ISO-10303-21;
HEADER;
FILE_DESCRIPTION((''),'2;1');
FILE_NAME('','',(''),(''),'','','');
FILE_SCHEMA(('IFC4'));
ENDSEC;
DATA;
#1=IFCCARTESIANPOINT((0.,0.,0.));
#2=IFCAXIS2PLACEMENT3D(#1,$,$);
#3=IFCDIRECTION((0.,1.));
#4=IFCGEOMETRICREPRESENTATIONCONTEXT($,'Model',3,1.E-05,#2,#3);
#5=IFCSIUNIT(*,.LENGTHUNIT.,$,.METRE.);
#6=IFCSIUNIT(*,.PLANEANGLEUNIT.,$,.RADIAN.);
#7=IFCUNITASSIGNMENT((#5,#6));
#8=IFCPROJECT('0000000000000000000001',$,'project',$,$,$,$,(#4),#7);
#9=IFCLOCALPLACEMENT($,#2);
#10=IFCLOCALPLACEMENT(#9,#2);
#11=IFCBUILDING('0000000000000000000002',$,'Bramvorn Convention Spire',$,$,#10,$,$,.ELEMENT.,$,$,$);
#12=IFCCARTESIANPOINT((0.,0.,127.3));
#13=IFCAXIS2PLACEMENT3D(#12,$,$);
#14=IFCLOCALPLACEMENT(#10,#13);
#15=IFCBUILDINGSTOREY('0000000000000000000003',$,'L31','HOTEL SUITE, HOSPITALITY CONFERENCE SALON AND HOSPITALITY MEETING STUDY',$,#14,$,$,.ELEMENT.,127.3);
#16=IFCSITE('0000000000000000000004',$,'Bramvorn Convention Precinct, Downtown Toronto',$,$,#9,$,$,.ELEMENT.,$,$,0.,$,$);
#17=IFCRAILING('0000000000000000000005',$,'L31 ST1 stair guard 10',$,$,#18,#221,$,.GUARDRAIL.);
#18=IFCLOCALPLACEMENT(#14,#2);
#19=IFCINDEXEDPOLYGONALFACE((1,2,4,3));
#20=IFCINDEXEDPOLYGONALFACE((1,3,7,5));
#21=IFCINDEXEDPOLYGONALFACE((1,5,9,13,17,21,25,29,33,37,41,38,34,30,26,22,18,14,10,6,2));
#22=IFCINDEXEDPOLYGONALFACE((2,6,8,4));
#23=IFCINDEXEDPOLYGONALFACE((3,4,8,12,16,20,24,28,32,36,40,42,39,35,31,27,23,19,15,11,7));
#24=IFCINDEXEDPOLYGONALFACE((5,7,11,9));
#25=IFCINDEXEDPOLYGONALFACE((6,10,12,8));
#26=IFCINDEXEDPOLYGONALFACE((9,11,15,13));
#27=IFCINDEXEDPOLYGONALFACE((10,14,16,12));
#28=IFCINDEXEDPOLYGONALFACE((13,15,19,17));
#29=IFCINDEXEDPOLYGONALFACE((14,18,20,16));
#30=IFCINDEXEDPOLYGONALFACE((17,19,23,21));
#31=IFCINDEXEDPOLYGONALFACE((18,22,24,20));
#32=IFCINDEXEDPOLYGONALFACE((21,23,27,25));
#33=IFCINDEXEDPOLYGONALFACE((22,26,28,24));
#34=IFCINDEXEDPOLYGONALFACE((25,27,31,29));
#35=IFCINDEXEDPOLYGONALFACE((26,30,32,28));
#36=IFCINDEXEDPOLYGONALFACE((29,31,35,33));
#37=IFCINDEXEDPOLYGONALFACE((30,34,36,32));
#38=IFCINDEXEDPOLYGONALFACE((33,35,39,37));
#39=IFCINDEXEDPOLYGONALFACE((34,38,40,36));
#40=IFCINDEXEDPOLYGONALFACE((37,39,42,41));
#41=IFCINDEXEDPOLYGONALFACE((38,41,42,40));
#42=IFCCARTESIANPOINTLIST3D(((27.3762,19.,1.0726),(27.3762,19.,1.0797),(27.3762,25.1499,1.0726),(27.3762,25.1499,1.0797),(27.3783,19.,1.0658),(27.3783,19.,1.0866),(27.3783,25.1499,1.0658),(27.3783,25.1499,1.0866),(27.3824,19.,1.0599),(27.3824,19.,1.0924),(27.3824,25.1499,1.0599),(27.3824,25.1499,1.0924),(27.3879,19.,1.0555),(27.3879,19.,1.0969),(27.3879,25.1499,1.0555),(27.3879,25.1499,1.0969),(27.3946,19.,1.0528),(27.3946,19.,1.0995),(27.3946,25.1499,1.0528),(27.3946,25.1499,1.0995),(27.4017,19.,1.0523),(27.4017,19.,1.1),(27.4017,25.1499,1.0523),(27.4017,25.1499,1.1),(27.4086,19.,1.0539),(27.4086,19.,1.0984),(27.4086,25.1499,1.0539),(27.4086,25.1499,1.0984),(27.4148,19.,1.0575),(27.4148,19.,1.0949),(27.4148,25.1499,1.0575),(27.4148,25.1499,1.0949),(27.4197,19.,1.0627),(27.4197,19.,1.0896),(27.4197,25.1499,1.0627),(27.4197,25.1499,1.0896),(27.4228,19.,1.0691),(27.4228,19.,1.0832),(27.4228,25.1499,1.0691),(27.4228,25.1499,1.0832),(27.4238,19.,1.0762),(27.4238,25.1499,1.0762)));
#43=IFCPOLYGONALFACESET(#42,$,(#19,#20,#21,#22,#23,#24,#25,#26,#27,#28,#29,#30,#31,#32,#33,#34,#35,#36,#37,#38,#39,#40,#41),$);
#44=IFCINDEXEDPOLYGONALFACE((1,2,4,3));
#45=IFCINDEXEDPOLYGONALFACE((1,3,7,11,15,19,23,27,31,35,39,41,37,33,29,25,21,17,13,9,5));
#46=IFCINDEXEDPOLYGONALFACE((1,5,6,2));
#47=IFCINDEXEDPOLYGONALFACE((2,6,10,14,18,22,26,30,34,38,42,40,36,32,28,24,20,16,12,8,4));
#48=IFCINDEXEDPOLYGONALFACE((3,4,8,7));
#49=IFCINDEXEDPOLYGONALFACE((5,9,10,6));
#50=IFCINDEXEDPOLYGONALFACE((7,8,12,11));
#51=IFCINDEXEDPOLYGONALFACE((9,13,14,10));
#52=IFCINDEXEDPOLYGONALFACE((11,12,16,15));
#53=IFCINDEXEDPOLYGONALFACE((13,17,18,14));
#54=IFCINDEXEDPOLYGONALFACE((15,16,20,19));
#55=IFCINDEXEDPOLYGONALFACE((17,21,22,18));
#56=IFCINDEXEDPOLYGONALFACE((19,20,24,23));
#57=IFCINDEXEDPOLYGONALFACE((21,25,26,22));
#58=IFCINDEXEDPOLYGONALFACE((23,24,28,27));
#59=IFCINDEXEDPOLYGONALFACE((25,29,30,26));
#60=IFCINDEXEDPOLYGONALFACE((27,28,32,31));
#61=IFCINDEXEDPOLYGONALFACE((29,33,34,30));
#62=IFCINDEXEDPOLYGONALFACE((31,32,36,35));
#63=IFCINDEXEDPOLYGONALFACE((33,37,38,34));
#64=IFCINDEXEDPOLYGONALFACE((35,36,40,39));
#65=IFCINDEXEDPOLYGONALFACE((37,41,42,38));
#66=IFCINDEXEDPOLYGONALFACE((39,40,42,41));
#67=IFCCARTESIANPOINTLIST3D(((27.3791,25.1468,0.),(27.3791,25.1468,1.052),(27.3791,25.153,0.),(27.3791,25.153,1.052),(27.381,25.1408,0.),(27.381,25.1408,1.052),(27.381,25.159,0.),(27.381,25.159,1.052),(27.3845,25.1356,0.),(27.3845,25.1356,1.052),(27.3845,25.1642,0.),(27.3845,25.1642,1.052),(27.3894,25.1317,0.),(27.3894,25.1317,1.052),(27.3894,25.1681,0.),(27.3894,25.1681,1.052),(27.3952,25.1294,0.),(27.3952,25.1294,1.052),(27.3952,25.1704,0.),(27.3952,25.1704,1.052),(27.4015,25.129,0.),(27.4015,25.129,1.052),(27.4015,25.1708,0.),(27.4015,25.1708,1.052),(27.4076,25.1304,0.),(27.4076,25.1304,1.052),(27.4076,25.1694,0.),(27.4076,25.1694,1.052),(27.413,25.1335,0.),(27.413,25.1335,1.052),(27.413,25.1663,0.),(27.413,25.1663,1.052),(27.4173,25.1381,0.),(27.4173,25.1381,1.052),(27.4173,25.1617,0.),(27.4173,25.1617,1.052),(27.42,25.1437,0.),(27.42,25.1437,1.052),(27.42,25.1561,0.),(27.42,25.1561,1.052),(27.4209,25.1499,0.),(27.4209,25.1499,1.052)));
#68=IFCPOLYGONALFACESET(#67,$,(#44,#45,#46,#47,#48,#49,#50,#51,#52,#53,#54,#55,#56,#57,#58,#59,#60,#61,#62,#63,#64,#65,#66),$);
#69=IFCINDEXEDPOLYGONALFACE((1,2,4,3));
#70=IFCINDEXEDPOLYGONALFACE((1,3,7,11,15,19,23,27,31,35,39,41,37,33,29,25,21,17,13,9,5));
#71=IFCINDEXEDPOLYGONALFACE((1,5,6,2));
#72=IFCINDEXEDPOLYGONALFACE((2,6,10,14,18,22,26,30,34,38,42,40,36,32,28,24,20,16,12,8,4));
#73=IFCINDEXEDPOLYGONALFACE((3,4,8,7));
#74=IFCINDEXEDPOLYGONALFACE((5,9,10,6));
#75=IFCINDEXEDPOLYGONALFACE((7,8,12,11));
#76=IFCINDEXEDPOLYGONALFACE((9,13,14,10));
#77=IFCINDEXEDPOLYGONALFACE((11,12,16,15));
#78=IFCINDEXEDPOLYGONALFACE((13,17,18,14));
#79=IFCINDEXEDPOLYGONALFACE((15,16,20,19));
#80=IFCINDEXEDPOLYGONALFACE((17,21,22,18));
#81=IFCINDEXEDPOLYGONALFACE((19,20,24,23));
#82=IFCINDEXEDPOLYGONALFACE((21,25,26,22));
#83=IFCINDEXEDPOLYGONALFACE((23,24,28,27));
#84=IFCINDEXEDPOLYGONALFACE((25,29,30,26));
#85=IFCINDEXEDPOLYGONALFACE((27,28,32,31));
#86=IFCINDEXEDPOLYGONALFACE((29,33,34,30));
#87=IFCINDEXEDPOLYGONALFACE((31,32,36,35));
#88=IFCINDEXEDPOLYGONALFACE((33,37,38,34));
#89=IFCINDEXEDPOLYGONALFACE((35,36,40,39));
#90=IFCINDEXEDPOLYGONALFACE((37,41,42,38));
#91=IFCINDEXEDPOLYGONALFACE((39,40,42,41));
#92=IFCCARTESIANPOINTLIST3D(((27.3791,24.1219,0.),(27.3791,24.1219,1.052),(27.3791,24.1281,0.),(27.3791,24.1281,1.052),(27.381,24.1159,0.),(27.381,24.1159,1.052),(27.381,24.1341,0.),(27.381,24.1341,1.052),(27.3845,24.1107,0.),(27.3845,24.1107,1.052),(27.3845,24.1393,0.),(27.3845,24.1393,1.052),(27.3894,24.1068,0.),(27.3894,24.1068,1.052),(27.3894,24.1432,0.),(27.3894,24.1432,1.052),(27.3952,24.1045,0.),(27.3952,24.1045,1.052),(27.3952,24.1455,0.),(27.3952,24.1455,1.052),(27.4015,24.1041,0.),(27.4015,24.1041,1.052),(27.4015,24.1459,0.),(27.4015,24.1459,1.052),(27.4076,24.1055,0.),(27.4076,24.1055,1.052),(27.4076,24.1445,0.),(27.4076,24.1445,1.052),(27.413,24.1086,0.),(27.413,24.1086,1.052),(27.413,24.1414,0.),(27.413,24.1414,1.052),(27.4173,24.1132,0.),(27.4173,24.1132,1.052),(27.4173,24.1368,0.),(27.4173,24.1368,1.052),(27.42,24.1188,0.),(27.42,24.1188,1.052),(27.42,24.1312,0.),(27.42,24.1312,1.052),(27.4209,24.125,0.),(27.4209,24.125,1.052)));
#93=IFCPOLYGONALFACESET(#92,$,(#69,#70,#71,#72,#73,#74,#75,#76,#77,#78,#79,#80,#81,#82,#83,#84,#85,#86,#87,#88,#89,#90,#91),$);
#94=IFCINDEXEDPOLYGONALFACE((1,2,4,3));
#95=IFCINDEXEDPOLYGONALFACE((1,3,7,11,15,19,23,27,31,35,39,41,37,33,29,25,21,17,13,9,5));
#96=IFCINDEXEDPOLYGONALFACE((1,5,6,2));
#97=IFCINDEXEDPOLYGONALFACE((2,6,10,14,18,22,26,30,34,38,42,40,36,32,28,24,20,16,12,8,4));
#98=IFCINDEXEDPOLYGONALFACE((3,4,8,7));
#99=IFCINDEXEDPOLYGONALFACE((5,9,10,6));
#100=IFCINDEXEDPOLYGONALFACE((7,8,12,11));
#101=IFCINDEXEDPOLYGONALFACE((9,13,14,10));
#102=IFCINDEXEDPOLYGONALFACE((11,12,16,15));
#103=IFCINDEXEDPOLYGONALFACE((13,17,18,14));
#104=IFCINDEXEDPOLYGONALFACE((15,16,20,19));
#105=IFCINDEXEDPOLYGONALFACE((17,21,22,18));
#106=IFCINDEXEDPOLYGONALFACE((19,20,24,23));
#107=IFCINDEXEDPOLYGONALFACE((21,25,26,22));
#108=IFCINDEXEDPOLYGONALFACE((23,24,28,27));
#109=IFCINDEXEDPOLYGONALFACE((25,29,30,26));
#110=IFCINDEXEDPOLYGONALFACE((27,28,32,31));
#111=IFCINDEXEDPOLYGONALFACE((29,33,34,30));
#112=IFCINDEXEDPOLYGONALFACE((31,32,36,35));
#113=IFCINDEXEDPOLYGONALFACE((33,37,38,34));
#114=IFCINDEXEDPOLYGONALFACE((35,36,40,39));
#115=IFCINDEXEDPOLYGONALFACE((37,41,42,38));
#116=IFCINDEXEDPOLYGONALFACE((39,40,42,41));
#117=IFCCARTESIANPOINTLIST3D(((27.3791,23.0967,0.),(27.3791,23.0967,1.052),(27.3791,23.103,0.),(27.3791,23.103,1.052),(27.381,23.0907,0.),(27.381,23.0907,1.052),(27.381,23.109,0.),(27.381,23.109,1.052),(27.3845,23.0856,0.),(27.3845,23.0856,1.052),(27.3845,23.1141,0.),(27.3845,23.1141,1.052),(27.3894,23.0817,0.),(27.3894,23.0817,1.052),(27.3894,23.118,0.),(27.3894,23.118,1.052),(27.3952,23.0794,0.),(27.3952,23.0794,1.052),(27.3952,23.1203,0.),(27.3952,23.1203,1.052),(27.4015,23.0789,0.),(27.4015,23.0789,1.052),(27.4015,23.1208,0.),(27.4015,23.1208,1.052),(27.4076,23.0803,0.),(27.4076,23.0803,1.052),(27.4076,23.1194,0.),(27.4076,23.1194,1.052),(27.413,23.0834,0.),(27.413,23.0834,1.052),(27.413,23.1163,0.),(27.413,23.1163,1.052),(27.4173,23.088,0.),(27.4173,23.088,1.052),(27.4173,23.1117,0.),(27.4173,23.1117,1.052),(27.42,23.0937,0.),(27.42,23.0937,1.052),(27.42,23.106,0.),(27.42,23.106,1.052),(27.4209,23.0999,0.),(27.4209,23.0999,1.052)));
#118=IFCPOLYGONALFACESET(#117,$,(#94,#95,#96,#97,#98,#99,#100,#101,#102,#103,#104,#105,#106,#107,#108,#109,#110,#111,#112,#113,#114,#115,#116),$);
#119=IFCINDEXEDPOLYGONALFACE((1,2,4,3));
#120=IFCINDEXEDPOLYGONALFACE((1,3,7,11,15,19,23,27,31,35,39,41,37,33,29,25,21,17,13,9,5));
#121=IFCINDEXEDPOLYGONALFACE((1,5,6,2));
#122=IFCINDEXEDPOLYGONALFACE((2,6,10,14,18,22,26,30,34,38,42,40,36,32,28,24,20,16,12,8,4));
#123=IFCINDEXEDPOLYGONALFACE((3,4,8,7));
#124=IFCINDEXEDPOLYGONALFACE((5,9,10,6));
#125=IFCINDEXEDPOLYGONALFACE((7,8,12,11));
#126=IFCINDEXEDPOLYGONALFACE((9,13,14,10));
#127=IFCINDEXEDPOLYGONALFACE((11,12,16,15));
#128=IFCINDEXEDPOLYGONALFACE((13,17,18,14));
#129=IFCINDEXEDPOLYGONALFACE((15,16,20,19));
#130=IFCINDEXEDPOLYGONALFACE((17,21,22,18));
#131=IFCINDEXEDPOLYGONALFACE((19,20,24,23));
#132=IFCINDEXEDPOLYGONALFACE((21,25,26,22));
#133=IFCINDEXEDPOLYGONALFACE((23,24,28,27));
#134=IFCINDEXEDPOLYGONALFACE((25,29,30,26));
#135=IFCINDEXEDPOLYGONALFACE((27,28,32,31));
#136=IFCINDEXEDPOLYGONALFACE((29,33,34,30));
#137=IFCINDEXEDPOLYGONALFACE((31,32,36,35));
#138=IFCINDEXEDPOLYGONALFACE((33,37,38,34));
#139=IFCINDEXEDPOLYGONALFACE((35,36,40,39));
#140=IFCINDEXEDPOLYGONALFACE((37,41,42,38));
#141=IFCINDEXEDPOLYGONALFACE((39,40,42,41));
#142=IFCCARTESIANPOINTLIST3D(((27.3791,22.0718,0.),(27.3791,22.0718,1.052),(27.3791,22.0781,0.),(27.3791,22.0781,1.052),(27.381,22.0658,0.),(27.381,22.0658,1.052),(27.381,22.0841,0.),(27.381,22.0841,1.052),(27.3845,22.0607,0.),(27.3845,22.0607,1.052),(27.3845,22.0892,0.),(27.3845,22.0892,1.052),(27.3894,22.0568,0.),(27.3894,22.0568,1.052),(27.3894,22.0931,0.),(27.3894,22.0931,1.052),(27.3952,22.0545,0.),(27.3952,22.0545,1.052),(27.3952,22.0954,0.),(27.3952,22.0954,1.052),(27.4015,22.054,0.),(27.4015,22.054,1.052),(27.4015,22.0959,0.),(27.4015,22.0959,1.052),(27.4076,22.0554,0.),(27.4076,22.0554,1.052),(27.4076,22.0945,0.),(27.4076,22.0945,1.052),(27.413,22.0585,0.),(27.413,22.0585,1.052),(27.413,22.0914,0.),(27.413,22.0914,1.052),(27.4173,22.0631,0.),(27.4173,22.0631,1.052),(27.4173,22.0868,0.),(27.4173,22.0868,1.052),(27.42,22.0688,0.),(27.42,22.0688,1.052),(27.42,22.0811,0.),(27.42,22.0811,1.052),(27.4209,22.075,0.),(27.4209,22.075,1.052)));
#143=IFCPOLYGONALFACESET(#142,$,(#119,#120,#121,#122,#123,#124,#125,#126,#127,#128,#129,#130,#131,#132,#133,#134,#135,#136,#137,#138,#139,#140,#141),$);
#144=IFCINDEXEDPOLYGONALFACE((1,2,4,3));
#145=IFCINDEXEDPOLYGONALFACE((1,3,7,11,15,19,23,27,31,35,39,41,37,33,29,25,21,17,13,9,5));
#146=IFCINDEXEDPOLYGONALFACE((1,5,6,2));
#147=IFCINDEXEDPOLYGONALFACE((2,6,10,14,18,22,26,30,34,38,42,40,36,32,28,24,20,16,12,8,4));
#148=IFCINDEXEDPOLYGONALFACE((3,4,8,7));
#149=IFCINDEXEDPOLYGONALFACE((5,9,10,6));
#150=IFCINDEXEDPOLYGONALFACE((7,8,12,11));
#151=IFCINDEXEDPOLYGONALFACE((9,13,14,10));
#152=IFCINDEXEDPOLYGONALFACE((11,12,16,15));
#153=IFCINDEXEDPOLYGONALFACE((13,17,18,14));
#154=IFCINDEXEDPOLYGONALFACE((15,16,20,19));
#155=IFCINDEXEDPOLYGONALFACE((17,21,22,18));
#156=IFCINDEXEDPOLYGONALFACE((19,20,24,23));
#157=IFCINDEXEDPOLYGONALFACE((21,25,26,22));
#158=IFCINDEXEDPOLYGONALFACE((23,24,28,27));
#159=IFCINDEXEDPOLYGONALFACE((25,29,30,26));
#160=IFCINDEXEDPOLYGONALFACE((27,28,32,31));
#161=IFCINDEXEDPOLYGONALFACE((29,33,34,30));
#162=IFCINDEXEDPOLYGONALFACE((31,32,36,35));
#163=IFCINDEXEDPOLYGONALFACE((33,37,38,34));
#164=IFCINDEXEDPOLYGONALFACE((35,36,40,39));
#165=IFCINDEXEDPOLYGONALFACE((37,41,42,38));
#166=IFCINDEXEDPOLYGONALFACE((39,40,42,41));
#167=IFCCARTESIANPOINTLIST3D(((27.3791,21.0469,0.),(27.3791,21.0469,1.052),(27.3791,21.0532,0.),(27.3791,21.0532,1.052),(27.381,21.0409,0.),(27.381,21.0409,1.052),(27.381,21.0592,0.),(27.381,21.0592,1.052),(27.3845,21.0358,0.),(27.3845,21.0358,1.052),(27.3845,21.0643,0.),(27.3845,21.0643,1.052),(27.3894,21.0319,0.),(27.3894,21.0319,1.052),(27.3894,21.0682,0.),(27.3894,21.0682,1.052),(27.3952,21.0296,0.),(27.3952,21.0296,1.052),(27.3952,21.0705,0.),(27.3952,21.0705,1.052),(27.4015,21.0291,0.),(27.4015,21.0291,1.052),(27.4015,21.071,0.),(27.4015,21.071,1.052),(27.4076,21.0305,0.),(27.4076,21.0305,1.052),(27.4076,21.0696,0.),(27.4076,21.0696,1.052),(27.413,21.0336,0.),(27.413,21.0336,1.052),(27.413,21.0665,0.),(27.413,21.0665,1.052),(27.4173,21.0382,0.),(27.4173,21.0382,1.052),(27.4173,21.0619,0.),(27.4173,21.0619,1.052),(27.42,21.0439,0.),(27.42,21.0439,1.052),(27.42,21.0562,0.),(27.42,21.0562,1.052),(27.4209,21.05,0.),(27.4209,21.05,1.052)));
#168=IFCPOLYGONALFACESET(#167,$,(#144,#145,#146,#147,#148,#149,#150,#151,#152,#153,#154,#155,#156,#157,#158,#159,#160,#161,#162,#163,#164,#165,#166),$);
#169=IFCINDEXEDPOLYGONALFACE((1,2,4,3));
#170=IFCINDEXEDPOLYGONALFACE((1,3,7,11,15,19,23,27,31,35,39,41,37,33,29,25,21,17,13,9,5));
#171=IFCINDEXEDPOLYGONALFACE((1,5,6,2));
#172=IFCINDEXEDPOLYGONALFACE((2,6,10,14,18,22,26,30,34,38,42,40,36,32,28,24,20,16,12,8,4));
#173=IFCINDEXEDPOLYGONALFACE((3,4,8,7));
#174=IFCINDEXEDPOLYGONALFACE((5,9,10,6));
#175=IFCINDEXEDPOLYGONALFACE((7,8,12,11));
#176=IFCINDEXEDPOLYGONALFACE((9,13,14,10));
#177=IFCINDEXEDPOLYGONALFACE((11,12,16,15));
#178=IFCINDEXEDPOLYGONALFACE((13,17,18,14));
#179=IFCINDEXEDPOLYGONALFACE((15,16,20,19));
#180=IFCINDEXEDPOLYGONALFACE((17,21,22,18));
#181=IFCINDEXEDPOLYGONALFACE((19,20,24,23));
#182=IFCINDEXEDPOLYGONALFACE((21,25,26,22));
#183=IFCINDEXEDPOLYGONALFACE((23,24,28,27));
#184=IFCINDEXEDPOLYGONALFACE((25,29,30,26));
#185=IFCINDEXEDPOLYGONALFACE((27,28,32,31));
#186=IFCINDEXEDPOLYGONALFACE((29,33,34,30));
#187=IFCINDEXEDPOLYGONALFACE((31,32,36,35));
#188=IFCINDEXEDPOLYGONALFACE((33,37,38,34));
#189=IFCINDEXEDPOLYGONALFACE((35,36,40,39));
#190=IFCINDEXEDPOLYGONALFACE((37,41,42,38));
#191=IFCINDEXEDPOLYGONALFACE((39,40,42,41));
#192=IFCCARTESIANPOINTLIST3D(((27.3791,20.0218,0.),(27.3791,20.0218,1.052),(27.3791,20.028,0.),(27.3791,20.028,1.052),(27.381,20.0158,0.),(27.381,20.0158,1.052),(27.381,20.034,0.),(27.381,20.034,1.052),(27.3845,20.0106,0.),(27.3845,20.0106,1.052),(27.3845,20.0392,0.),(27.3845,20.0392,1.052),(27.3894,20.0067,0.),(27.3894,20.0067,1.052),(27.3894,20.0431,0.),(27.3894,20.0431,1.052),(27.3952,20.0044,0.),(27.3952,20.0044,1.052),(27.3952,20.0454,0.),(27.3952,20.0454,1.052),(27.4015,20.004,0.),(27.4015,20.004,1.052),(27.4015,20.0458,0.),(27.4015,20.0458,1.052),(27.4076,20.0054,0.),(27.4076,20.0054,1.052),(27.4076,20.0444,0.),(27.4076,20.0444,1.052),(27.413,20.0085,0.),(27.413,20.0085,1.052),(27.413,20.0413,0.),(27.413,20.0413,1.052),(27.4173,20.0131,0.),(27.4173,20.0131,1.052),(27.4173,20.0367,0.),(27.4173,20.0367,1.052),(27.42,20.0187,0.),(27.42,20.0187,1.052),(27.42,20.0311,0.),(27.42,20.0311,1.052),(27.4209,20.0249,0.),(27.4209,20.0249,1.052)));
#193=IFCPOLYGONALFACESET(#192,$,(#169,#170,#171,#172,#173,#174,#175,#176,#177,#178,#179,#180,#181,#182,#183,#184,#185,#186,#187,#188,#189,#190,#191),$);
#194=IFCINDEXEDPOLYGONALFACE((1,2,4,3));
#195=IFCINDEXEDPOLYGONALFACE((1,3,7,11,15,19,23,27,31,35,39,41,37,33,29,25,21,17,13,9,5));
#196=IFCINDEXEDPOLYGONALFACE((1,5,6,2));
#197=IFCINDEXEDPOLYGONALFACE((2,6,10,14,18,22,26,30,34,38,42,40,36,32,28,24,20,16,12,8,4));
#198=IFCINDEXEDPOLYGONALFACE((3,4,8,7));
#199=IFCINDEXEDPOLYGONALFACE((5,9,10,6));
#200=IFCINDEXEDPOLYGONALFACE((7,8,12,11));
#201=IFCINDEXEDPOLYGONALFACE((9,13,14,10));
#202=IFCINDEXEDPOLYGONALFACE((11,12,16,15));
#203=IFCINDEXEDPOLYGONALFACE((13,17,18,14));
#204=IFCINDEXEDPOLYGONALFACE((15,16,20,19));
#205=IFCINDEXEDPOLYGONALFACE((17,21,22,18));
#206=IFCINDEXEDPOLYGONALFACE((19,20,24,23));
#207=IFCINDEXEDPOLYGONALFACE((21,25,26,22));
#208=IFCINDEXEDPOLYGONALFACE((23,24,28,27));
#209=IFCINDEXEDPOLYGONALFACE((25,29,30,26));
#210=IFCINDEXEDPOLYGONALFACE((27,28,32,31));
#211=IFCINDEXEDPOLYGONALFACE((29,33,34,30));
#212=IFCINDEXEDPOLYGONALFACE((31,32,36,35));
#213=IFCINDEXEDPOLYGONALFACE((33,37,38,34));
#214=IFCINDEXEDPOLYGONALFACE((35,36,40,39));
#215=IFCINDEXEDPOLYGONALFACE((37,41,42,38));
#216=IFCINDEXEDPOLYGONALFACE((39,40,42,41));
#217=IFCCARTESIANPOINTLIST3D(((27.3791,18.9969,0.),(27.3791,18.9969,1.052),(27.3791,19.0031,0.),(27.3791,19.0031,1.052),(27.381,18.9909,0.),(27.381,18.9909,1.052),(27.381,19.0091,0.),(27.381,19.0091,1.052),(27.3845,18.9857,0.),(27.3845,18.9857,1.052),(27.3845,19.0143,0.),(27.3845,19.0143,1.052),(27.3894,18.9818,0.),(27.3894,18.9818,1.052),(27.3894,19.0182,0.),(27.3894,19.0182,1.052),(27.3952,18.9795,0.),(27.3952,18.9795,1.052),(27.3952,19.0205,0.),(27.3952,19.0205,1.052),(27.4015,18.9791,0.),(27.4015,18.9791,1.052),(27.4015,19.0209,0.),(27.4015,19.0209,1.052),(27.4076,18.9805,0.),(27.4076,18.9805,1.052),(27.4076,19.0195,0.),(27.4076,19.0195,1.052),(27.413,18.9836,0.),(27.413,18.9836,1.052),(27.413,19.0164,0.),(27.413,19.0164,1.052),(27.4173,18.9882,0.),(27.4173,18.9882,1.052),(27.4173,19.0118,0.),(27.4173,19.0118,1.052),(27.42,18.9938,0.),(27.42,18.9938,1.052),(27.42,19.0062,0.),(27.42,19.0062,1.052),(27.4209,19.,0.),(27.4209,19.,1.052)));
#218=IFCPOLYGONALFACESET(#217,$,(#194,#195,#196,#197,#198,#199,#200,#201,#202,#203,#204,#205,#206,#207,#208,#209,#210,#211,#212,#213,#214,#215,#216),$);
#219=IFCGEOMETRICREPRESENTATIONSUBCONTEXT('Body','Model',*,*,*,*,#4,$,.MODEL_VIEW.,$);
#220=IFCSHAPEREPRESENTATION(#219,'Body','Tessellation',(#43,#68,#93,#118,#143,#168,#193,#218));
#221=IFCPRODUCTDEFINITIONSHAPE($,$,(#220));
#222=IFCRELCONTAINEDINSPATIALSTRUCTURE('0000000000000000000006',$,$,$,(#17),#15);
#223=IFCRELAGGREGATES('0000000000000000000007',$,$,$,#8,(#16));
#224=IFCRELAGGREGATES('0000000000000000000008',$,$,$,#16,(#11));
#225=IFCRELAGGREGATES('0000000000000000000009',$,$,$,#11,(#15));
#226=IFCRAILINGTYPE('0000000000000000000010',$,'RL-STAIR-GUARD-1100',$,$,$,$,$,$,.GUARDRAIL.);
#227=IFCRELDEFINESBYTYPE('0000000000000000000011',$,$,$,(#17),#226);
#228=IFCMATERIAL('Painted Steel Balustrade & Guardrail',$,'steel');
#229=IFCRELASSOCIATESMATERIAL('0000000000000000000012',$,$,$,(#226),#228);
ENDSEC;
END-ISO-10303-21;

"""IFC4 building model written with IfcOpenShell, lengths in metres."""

from ifc_helpers import new_model, si_unit, direction, frame, origin, origin_2d, place, context, subcontext, project, spatial, circle, extrude, material, type_object, element, save


model = new_model("IFC4")

# Units and contexts
model_context = context("Model", 3, precision=1e-05, world=origin(), true_north=direction((0.0, 1.0)))
body_context = subcontext(model_context, "Body", "Model", "MODEL_VIEW")
ifc_project = project(units=[si_unit("LENGTHUNIT", "METRE"), si_unit("PLANEANGLEUNIT", "RADIAN")], contexts=[model_context])

# Site, building, storey
site_placement = place(None, origin())
site = spatial("IfcSite", under=ifc_project, at=site_placement, Name="Bramvorn Convention Precinct, Downtown Toronto", CompositionType="ELEMENT", RefElevation=0.0)
building_placement = place(site_placement, origin())
building = spatial("IfcBuilding", under=site, at=building_placement, Name="Bramvorn Convention Spire", CompositionType="ELEMENT")
storey_placement = place(building_placement, frame((0.0, 0.0, 127.3)))
storey = spatial("IfcBuildingStorey", under=building, at=storey_placement, Name="L31", Description="HOTEL SUITE, HOSPITALITY CONFERENCE SALON AND HOSPITALITY MEETING STUDY", CompositionType="ELEMENT", Elevation=127.3)

# Railing
ifc_material_1 = material(Name="Painted Steel Balustrade & Guardrail", Category="steel")
railing_type_1 = type_object("IfcRailingType", Name="RL-STAIR-GUARD-1100", PredefinedType="GUARDRAIL", material=ifc_material_1)
railing_1_placement = place(storey_placement, frame((27.3999, 25.1499, 0.0)))
element("IfcRailing", 1, at=railing_1_placement, inside=storey, type_object=railing_type_1, Name="L31 ST1 stair guard 10", PredefinedType="GUARDRAIL", context=body_context, shape_type="SweptSolid", body=[
    extrude(circle(Radius=0.0239, at=origin_2d()), frame((0.0, 0.0, 1.0762), z_axis=(0.0, -1.0, 0.0), x_axis=(1.0, 0.0, 0.0)), (0.0, 0.0, 1.0), 6.1499),
    extrude(circle(Radius=0.021, at=origin_2d()), origin(), (0.0, 0.0, 1.0), 1.052),
    extrude(circle(Radius=0.021, at=origin_2d()), frame((0.0, -1.0249, 0.0)), (0.0, 0.0, 1.0), 1.052),
    extrude(circle(Radius=0.021, at=origin_2d()), frame((0.0, -2.05, 0.0)), (0.0, 0.0, 1.0), 1.052),
    extrude(circle(Radius=0.021, at=origin_2d()), frame((0.0, -3.075, 0.0)), (0.0, 0.0, 1.0), 1.052),
    extrude(circle(Radius=0.021, at=origin_2d()), frame((0.0, -4.0999, 0.0)), (0.0, 0.0, 1.0), 1.052),
    extrude(circle(Radius=0.021, at=origin_2d()), frame((0.0, -5.125, 0.0)), (0.0, 0.0, 1.0), 1.052),
    extrude(circle(Radius=0.021, at=origin_2d()), frame((0.0, -6.1499, 0.0)), (0.0, 0.0, 1.0), 1.052),
])

save(model, "model.ifc")
